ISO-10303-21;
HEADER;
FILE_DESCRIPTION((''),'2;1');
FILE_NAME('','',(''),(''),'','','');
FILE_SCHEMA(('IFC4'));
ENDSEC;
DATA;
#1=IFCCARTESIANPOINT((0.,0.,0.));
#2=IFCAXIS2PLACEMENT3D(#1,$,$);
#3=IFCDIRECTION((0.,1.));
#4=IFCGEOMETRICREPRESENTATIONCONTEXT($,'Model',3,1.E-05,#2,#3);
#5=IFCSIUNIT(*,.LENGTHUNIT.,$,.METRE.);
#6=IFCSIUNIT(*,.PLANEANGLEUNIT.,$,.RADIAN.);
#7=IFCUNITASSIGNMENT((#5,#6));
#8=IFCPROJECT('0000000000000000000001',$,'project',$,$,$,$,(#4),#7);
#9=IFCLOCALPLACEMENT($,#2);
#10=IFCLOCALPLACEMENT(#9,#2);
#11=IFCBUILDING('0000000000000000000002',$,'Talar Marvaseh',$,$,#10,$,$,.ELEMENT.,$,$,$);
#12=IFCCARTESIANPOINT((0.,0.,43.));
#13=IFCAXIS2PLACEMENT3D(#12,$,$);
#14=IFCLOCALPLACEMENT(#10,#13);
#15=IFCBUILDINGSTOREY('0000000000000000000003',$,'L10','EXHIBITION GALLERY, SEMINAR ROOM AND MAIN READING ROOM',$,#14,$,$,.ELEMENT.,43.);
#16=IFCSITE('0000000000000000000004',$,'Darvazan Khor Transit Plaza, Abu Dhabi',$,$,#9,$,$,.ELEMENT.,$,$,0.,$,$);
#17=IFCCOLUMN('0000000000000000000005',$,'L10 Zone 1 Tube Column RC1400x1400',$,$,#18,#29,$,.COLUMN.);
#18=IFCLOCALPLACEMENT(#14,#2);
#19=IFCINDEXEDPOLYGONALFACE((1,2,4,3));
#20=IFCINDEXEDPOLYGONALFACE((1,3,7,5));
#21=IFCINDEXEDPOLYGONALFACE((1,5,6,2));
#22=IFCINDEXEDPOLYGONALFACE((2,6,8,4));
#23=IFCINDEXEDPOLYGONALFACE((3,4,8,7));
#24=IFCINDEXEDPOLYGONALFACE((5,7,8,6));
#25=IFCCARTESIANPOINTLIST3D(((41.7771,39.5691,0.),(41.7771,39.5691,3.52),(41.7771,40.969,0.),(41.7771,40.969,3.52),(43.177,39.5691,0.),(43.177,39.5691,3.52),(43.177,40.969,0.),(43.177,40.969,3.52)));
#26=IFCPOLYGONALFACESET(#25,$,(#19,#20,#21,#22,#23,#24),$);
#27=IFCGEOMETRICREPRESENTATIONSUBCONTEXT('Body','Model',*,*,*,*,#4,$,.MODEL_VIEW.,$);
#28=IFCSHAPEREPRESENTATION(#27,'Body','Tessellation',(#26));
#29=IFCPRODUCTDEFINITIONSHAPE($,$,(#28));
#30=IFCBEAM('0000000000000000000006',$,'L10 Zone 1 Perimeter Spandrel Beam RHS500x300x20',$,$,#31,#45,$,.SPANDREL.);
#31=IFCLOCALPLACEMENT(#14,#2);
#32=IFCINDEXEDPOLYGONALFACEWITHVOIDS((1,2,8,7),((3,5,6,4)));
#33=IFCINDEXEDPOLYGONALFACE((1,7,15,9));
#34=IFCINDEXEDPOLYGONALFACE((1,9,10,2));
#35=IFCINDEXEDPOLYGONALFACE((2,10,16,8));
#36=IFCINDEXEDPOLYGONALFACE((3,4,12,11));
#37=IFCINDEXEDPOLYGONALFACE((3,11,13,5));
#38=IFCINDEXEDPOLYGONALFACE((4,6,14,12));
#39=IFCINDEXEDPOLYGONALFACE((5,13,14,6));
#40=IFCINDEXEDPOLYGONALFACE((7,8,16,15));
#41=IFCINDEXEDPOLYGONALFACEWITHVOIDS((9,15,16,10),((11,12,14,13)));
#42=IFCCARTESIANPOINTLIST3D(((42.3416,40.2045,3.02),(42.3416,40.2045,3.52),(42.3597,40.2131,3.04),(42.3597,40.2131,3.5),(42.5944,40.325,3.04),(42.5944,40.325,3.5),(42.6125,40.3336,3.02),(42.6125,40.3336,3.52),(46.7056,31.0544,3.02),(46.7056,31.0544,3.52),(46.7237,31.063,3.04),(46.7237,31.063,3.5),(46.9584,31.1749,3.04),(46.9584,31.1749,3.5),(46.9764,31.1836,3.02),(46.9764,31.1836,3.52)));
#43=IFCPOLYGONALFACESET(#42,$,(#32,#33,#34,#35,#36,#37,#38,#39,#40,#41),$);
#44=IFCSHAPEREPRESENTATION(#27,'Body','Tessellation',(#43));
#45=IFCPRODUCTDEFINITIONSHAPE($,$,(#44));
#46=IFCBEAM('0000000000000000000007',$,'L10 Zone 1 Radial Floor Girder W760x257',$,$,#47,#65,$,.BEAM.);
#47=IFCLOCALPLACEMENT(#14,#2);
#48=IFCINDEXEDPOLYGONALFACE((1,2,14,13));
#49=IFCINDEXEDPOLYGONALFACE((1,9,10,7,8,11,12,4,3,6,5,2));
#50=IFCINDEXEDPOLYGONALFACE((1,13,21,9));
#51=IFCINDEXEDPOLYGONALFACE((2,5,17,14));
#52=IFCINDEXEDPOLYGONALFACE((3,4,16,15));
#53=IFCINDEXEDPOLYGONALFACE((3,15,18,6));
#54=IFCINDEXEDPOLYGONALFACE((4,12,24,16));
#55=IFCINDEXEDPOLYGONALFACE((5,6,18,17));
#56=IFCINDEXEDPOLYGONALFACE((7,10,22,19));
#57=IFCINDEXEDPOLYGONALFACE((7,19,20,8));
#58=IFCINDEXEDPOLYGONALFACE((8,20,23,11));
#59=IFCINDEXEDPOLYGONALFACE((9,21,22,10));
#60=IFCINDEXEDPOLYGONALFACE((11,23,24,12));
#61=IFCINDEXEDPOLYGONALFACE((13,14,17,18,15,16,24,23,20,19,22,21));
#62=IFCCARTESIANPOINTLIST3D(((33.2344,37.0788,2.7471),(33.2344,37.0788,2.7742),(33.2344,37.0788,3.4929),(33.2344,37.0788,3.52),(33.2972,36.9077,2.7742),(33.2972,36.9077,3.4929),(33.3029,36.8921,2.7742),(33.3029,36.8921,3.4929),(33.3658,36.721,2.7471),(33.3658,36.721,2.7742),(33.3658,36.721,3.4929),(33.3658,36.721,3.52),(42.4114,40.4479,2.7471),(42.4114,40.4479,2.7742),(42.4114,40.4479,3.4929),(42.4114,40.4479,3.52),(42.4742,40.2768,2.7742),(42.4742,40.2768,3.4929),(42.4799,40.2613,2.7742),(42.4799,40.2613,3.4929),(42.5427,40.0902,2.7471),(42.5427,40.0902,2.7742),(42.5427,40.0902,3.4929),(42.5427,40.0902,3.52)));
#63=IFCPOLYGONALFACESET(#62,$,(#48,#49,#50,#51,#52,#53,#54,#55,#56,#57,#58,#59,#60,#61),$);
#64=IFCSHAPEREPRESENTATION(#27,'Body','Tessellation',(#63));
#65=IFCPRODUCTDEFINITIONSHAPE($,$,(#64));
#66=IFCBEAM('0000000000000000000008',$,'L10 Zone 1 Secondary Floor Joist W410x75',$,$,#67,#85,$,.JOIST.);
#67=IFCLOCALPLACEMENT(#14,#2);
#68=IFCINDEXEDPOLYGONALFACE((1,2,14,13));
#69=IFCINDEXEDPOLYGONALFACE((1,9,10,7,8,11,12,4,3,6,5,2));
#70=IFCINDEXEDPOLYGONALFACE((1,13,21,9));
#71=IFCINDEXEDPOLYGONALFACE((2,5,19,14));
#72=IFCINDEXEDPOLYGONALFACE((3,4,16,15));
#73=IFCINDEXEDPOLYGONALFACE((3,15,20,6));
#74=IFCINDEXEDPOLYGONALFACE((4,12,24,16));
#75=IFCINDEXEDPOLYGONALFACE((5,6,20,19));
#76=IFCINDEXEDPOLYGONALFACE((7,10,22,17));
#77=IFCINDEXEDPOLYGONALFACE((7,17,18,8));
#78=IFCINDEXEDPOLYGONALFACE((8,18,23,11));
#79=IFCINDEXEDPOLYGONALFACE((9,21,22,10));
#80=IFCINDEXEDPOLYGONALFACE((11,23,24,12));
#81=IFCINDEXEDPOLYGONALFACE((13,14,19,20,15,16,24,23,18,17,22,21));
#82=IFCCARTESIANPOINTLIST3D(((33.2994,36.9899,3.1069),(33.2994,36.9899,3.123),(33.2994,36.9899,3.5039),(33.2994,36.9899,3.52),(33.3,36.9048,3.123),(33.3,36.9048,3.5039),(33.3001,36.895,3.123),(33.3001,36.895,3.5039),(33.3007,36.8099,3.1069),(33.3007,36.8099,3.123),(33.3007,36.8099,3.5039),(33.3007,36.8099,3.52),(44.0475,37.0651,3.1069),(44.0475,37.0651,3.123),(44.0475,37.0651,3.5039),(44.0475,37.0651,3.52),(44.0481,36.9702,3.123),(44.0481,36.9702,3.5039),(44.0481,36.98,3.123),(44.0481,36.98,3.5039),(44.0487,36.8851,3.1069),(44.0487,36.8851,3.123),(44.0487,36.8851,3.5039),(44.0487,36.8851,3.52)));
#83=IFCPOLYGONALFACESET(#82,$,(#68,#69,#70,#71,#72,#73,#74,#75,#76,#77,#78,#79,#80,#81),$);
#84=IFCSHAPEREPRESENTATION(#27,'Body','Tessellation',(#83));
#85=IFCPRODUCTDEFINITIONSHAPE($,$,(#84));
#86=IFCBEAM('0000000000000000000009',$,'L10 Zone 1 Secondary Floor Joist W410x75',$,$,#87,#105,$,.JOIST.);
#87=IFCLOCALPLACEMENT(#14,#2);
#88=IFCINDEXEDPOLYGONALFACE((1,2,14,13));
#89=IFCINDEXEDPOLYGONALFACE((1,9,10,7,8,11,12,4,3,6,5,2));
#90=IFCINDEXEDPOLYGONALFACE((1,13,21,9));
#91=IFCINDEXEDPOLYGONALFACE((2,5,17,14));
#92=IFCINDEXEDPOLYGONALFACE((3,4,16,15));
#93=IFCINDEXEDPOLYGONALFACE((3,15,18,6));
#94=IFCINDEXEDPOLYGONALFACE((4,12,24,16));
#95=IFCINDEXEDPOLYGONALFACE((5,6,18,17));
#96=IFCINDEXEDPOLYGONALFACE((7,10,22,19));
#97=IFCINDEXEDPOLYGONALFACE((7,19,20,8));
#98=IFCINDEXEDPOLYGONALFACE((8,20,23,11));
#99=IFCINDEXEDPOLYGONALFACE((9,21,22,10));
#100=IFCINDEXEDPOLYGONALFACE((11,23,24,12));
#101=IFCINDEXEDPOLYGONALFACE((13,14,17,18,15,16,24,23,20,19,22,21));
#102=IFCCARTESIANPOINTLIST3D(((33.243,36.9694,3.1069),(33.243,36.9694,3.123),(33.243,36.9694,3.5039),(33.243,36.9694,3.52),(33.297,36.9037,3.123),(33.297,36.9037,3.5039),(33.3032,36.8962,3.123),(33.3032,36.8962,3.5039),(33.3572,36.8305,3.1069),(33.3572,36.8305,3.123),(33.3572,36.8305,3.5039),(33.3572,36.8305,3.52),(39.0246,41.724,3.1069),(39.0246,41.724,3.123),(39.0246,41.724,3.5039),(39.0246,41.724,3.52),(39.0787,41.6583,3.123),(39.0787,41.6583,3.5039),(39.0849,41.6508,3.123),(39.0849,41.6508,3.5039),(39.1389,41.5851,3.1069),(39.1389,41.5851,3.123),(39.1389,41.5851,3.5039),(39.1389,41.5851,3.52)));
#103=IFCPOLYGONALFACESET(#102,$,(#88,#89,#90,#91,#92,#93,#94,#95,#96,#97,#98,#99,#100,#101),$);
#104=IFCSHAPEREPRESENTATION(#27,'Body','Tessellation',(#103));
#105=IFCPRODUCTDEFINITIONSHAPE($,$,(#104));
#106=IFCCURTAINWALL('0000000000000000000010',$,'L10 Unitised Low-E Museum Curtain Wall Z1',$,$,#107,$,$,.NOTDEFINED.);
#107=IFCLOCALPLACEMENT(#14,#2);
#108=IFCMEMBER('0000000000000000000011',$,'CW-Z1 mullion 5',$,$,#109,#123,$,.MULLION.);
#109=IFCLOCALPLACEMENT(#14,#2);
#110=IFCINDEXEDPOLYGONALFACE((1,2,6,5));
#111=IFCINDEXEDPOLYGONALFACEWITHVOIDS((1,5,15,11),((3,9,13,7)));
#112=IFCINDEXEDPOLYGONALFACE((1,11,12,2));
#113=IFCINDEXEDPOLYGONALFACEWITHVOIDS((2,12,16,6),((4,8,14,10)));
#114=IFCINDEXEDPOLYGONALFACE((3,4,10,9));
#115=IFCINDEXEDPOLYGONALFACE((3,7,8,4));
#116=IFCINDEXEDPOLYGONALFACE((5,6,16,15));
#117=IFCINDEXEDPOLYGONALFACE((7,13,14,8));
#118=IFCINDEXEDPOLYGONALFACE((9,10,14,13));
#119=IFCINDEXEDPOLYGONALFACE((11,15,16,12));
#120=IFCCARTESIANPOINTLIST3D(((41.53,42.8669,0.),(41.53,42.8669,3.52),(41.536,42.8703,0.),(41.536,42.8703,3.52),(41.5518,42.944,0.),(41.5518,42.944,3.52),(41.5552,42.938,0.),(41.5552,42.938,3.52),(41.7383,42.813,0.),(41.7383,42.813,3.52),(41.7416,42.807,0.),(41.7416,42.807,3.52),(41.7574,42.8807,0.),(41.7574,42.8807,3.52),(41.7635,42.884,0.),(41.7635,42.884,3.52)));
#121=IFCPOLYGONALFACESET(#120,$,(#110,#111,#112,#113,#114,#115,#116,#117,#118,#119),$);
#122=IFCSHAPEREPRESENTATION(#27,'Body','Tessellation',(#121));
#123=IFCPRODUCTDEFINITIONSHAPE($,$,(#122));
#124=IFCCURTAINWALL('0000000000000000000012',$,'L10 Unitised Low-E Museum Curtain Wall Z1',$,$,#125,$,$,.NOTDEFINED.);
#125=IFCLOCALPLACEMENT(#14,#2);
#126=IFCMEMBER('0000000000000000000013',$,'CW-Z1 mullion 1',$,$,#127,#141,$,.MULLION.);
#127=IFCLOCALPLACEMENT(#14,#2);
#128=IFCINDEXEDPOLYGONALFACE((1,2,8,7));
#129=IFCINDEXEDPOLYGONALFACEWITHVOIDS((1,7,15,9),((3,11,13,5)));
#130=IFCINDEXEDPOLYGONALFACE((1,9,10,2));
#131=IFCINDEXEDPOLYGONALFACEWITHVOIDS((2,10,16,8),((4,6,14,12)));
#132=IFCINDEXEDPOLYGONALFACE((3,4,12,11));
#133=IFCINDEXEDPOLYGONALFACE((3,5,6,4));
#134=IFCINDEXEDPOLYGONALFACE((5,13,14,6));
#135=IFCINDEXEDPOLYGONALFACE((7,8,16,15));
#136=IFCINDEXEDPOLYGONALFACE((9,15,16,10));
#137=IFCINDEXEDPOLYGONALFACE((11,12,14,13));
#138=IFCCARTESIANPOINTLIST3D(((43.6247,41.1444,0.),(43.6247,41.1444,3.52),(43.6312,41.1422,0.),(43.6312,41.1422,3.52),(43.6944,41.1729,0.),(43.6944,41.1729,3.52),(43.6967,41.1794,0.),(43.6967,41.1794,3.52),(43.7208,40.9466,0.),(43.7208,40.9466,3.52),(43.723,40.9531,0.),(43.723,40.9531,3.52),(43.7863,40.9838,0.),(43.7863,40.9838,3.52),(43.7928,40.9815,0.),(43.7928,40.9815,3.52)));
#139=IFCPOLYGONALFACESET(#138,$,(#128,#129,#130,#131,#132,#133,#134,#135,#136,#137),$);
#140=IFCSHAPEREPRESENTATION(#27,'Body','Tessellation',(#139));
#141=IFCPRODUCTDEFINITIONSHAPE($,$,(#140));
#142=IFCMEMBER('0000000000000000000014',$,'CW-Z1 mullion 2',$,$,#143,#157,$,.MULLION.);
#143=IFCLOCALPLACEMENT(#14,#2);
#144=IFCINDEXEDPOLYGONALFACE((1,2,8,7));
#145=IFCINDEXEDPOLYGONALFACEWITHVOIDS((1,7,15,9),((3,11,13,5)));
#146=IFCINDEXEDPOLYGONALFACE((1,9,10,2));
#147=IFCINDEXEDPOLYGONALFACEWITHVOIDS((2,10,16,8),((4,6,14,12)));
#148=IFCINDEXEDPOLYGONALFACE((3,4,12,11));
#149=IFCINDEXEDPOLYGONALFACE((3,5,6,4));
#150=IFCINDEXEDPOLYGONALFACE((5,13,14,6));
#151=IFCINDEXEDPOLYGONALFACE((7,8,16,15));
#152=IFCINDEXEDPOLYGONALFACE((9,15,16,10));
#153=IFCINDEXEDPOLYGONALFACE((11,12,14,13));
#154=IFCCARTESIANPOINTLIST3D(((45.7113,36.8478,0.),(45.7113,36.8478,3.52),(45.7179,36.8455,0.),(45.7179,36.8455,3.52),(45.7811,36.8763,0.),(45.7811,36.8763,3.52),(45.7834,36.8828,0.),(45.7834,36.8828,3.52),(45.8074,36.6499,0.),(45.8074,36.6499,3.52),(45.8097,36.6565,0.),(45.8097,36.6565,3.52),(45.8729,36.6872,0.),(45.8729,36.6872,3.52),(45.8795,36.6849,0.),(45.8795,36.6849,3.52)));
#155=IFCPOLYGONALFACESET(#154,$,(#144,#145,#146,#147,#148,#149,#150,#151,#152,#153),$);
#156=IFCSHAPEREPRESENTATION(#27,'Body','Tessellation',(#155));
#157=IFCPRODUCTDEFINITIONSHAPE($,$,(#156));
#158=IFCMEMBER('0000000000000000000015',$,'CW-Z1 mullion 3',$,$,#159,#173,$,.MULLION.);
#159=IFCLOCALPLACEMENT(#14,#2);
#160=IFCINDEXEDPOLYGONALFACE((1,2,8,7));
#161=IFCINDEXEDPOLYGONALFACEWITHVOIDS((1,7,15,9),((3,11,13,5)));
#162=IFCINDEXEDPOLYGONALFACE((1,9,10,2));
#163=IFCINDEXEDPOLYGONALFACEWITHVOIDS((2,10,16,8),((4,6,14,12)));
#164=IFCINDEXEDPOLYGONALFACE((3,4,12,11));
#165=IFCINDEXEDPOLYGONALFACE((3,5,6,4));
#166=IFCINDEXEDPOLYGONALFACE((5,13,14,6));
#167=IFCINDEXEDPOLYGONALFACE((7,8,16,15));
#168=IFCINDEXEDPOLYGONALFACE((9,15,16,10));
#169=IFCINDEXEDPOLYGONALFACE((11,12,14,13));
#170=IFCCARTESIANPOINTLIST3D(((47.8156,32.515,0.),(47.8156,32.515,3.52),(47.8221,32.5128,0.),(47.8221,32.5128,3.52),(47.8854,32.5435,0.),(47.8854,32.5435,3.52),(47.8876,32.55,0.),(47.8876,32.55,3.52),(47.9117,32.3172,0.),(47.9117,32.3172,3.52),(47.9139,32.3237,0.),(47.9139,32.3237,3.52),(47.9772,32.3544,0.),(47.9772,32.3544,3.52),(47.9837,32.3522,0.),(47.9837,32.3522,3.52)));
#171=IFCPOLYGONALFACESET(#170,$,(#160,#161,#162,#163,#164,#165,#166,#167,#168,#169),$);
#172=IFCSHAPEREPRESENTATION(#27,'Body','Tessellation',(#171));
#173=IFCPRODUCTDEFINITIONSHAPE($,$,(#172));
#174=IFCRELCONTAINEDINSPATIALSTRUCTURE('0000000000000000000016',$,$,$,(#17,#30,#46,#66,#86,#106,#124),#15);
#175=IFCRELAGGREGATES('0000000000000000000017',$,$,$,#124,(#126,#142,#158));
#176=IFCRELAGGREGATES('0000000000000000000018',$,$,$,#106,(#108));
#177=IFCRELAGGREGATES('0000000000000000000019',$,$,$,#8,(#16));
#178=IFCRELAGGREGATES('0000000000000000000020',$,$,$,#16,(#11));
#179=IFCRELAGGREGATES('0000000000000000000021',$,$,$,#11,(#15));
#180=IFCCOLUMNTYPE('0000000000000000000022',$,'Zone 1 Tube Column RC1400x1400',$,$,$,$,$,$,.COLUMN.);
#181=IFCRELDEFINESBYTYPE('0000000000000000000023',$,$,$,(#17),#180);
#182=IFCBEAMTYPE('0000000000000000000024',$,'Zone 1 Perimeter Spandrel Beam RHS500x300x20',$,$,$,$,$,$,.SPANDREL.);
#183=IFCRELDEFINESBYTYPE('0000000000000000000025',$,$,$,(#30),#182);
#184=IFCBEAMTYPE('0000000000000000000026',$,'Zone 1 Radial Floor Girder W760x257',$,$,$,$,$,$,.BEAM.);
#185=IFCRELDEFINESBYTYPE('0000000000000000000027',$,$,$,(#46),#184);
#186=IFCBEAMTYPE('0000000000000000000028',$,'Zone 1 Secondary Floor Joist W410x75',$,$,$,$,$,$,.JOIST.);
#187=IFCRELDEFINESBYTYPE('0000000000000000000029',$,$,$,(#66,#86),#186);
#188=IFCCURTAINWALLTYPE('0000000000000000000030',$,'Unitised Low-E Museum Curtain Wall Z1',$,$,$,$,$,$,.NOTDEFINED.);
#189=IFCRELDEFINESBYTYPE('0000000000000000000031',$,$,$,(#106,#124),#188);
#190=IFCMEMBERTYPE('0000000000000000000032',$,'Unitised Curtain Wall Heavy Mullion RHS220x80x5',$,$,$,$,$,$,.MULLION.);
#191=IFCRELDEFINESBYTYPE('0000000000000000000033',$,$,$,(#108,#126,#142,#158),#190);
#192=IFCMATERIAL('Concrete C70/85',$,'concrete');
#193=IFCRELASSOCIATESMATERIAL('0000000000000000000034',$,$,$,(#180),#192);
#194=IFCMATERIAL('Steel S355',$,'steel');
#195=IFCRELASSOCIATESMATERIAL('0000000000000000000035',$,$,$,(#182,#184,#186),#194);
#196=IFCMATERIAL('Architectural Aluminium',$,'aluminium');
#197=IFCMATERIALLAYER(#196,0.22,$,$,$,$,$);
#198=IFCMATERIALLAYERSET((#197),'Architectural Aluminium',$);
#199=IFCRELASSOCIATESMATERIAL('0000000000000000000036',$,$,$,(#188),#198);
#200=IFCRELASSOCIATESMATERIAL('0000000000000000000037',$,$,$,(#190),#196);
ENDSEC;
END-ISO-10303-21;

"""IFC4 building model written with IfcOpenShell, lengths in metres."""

from ifc_helpers import new_model, si_unit, direction, frame, origin, origin_2d, place, context, subcontext, project, spatial, rectangle, hollow_rectangle, i_section, extrude, source, transform, mapped, material, layer, layer_set, material_profile, profile_set, type_object, type_shapes, element, aggregate, save


model = new_model("IFC4")

# Units and contexts
model_context = context("Model", 3, precision=1e-05, world=origin(), true_north=direction((0.0, 1.0)))
body_context = subcontext(model_context, "Body", "Model", "MODEL_VIEW")
ifc_project = project(units=[si_unit("LENGTHUNIT", "METRE"), si_unit("PLANEANGLEUNIT", "RADIAN")], contexts=[model_context])

# Site, building, storey
site_placement = place(None, origin())
site = spatial("IfcSite", under=ifc_project, at=site_placement, Name="Darvazan Khor Transit Plaza, Abu Dhabi", CompositionType="ELEMENT", RefElevation=0.0)
building_placement = place(site_placement, origin())
building = spatial("IfcBuilding", under=site, at=building_placement, Name="Talar Marvaseh", CompositionType="ELEMENT")
storey_placement = place(building_placement, frame((0.0, 0.0, 43.0)))
storey = spatial("IfcBuildingStorey", under=building, at=storey_placement, Name="L10", Description="EXHIBITION GALLERY, SEMINAR ROOM AND MAIN READING ROOM", CompositionType="ELEMENT", Elevation=43.0)

# Column
ifc_material_1 = material(Name="Concrete C70/85", Category="concrete")
ifc_material_profile_1 = material_profile(ifc_material_1, rectangle(XDim=1.3999, YDim=1.3999, at=origin_2d()), Name="RC1400x1400")
ifc_profile_set_1 = profile_set([ifc_material_profile_1], Name="Concrete C70/85")
column_type = type_object("IfcColumnType", Name="Zone 1 Tube Column RC1400x1400", PredefinedType="COLUMN", material=ifc_profile_set_1)
column_placement = place(storey_placement, frame((42.4771, 40.269, 0.0), z_axis=(0.0, 0.0, 1.0), x_axis=(1.0, 0.0, 0.0)))
element("IfcColumn", 1, at=column_placement, inside=storey, type_object=column_type, Name="L10 Zone 1 Tube Column RC1400x1400", PredefinedType="COLUMN", context=body_context, shape_type="SweptSolid", body=[
    extrude(rectangle(XDim=1.3999, YDim=1.3999, at=origin_2d()), origin(), (0.0, 0.0, 1.0), 3.52),
])

# Beams
ifc_material_2 = material(Name="Steel S355", Category="steel")
ifc_material_profile_2 = material_profile(ifc_material_2, hollow_rectangle(XDim=0.3, YDim=0.5, WallThickness=0.02, at=origin_2d()), Name="RHS500x300x20")
ifc_profile_set_2 = profile_set([ifc_material_profile_2], Name="Steel S355")
beam_type_1 = type_object("IfcBeamType", Name="Zone 1 Perimeter Spandrel Beam RHS500x300x20", PredefinedType="SPANDREL", material=ifc_profile_set_2)
beam_1_placement = place(storey_placement, frame((42.4771, 40.269, 3.27), z_axis=(0.43048, -0.9026, 0.0), x_axis=(0.9026, 0.43048, 0.0)))
element("IfcBeam", 2, at=beam_1_placement, inside=storey, type_object=beam_type_1, Name="L10 Zone 1 Perimeter Spandrel Beam RHS500x300x20", PredefinedType="SPANDREL", context=body_context, shape_type="SweptSolid", body=[
    extrude(hollow_rectangle(XDim=0.3, YDim=0.5, WallThickness=0.02, at=origin_2d()), origin(), (0.0, 0.0, 1.0), 10.1375),
])
ifc_material_profile_3 = material_profile(ifc_material_2, i_section(OverallWidth=0.3811, OverallDepth=0.7729, WebThickness=0.0166, FlangeThickness=0.0271, at=origin_2d()), Name="W760x257")
ifc_profile_set_3 = profile_set([ifc_material_profile_3], Name="Steel S355")
beam_type_2 = type_object("IfcBeamType", Name="Zone 1 Radial Floor Girder W760x257", PredefinedType="BEAM", material=ifc_profile_set_3)
beam_2_placement = place(storey_placement, frame((42.4771, 40.269, 3.1335), z_axis=(-0.938736, -0.344637, 0.0), x_axis=(0.344637, -0.938736, 0.0)))
element("IfcBeam", 3, at=beam_2_placement, inside=storey, type_object=beam_type_2, Name="L10 Zone 1 Radial Floor Girder W760x257", PredefinedType="BEAM", context=body_context, shape_type="SweptSolid", body=[
    extrude(i_section(OverallWidth=0.3811, OverallDepth=0.7729, WebThickness=0.0166, FlangeThickness=0.0271, at=origin_2d()), origin(), (0.0, 0.0, 1.0), 9.7759),
])
ifc_material_profile_4 = material_profile(ifc_material_2, i_section(OverallWidth=0.1799, OverallDepth=0.4131, WebThickness=0.0098, FlangeThickness=0.0161, at=origin_2d()), Name="W410x75")
ifc_profile_set_4 = profile_set([ifc_material_profile_4], Name="Steel S355")
beam_type_3 = type_object("IfcBeamType", Name="Zone 1 Secondary Floor Joist W410x75", PredefinedType="JOIST", material=ifc_profile_set_4)
beam_3_placement = place(storey_placement, frame((44.0481, 36.9751, 3.3135), z_axis=(-0.999976, -0.006996, 0.0), x_axis=(0.006996, -0.999976, 0.0)))
element("IfcBeam", 4, at=beam_3_placement, inside=storey, type_object=beam_type_3, Name="L10 Zone 1 Secondary Floor Joist W410x75", PredefinedType="JOIST", context=body_context, shape_type="SweptSolid", body=[
    extrude(i_section(OverallWidth=0.1799, OverallDepth=0.4131, WebThickness=0.0098, FlangeThickness=0.0161, at=origin_2d()), origin(), (0.0, 0.0, 1.0), 10.7483),
])
beam_4_placement = place(storey_placement, frame((39.0818, 41.6545, 3.3135), z_axis=(-0.772375, -0.635166, 0.0), x_axis=(0.635166, -0.772375, 0.0)))
element("IfcBeam", 5, at=beam_4_placement, inside=storey, type_object=beam_type_3, Name="L10 Zone 1 Secondary Floor Joist W410x75", PredefinedType="JOIST", context=body_context, shape_type="SweptSolid", body=[
    extrude(i_section(OverallWidth=0.1799, OverallDepth=0.4131, WebThickness=0.0098, FlangeThickness=0.0161, at=origin_2d()), origin(), (0.0, 0.0, 1.0), 7.4856),
])

# Curtain wall, member
ifc_material_3 = material(Name="Architectural Aluminium", Category="aluminium")
ifc_layer_1 = layer(ifc_material_3, 0.22)
ifc_layer_set_1 = layer_set([ifc_layer_1], Name="Architectural Aluminium")
curtain_wall_type = type_object("IfcCurtainWallType", Name="Unitised Low-E Museum Curtain Wall Z1", PredefinedType="NOTDEFINED", material=ifc_layer_set_1)
curtain_wall_1_placement = place(storey_placement, origin())
curtain_wall_1 = element("IfcCurtainWall", 6, at=curtain_wall_1_placement, inside=storey, type_object=curtain_wall_type, Name="L10 Unitised Low-E Museum Curtain Wall Z1", PredefinedType="NOTDEFINED")
ifc_material_profile_5 = material_profile(ifc_material_3, hollow_rectangle(XDim=0.0801, YDim=0.22, WallThickness=0.0049, at=origin_2d()), Name="RHS220x80x5")
ifc_profile_set_5 = profile_set([ifc_material_profile_5], Name="Architectural Aluminium")
member_type_1 = type_object("IfcMemberType", Name="Unitised Curtain Wall Heavy Mullion RHS220x80x5", PredefinedType="MULLION", material=ifc_profile_set_5)
shared_shape_1 = source(origin(), body_context, "Body", "SweptSolid", [
    extrude(hollow_rectangle(XDim=0.0801, YDim=0.22, WallThickness=0.0049, at=origin_2d()), origin(), (0.0, 0.0, 1.0), 3.52),
])
type_shapes(member_type_1, [shared_shape_1])
member_1_placement = place(storey_placement, frame((41.6467, 42.8755, 0.0), z_axis=(0.0, 0.0, 1.0), x_axis=(0.272579, 0.962134, 0.0)))
member_1 = element("IfcMember", 7, at=member_1_placement, type_object=member_type_1, Name="CW-Z1 mullion 5", PredefinedType="MULLION", context=body_context, shape_type="MappedRepresentation", body=[
    mapped(shared_shape_1, transform((0.0, 0.0, 0.0), x_axis=(1.0, 0.0, 0.0), y_axis=(0.0, 1.0, 0.0), z_axis=(0.0, 0.0, 1.0), scale=1.0)),
])

# Curtain wall, members
curtain_wall_2_placement = place(storey_placement, origin())
curtain_wall_2 = element("IfcCurtainWall", 8, at=curtain_wall_2_placement, inside=storey, type_object=curtain_wall_type, Name="L10 Unitised Low-E Museum Curtain Wall Z1", PredefinedType="NOTDEFINED")
member_2_placement = place(storey_placement, frame((43.7087, 41.063, 0.0), z_axis=(0.0, 0.0, 1.0), x_axis=(0.899528, 0.436863, 0.0)))
member_2 = element("IfcMember", 9, at=member_2_placement, type_object=member_type_1, Name="CW-Z1 mullion 1", PredefinedType="MULLION", context=body_context, shape_type="MappedRepresentation", body=[
    mapped(shared_shape_1, transform((0.0, 0.0, 0.0), x_axis=(1.0, 0.0, 0.0), y_axis=(0.0, 1.0, 0.0), z_axis=(0.0, 0.0, 1.0), scale=1.0)),
])
member_3_placement = place(storey_placement, frame((45.7954, 36.7664, 0.0), z_axis=(0.0, 0.0, 1.0), x_axis=(0.899528, 0.436863, 0.0)))
member_3 = element("IfcMember", 10, at=member_3_placement, type_object=member_type_1, Name="CW-Z1 mullion 2", PredefinedType="MULLION", context=body_context, shape_type="MappedRepresentation", body=[
    mapped(shared_shape_1, transform((0.0, 0.0, 0.0), x_axis=(1.0, 0.0, 0.0), y_axis=(0.0, 1.0, 0.0), z_axis=(0.0, 0.0, 1.0), scale=1.0)),
])
member_4_placement = place(storey_placement, frame((47.8997, 32.4336, 0.0), z_axis=(0.0, 0.0, 1.0), x_axis=(0.899528, 0.436863, 0.0)))
member_4 = element("IfcMember", 11, at=member_4_placement, type_object=member_type_1, Name="CW-Z1 mullion 3", PredefinedType="MULLION", context=body_context, shape_type="MappedRepresentation", body=[
    mapped(shared_shape_1, transform((0.0, 0.0, 0.0), x_axis=(1.0, 0.0, 0.0), y_axis=(0.0, 1.0, 0.0), z_axis=(0.0, 0.0, 1.0), scale=1.0)),
])
aggregate(curtain_wall_2, [member_2, member_3, member_4])

aggregate(curtain_wall_1, [member_1])

save(model, "model.ifc")
